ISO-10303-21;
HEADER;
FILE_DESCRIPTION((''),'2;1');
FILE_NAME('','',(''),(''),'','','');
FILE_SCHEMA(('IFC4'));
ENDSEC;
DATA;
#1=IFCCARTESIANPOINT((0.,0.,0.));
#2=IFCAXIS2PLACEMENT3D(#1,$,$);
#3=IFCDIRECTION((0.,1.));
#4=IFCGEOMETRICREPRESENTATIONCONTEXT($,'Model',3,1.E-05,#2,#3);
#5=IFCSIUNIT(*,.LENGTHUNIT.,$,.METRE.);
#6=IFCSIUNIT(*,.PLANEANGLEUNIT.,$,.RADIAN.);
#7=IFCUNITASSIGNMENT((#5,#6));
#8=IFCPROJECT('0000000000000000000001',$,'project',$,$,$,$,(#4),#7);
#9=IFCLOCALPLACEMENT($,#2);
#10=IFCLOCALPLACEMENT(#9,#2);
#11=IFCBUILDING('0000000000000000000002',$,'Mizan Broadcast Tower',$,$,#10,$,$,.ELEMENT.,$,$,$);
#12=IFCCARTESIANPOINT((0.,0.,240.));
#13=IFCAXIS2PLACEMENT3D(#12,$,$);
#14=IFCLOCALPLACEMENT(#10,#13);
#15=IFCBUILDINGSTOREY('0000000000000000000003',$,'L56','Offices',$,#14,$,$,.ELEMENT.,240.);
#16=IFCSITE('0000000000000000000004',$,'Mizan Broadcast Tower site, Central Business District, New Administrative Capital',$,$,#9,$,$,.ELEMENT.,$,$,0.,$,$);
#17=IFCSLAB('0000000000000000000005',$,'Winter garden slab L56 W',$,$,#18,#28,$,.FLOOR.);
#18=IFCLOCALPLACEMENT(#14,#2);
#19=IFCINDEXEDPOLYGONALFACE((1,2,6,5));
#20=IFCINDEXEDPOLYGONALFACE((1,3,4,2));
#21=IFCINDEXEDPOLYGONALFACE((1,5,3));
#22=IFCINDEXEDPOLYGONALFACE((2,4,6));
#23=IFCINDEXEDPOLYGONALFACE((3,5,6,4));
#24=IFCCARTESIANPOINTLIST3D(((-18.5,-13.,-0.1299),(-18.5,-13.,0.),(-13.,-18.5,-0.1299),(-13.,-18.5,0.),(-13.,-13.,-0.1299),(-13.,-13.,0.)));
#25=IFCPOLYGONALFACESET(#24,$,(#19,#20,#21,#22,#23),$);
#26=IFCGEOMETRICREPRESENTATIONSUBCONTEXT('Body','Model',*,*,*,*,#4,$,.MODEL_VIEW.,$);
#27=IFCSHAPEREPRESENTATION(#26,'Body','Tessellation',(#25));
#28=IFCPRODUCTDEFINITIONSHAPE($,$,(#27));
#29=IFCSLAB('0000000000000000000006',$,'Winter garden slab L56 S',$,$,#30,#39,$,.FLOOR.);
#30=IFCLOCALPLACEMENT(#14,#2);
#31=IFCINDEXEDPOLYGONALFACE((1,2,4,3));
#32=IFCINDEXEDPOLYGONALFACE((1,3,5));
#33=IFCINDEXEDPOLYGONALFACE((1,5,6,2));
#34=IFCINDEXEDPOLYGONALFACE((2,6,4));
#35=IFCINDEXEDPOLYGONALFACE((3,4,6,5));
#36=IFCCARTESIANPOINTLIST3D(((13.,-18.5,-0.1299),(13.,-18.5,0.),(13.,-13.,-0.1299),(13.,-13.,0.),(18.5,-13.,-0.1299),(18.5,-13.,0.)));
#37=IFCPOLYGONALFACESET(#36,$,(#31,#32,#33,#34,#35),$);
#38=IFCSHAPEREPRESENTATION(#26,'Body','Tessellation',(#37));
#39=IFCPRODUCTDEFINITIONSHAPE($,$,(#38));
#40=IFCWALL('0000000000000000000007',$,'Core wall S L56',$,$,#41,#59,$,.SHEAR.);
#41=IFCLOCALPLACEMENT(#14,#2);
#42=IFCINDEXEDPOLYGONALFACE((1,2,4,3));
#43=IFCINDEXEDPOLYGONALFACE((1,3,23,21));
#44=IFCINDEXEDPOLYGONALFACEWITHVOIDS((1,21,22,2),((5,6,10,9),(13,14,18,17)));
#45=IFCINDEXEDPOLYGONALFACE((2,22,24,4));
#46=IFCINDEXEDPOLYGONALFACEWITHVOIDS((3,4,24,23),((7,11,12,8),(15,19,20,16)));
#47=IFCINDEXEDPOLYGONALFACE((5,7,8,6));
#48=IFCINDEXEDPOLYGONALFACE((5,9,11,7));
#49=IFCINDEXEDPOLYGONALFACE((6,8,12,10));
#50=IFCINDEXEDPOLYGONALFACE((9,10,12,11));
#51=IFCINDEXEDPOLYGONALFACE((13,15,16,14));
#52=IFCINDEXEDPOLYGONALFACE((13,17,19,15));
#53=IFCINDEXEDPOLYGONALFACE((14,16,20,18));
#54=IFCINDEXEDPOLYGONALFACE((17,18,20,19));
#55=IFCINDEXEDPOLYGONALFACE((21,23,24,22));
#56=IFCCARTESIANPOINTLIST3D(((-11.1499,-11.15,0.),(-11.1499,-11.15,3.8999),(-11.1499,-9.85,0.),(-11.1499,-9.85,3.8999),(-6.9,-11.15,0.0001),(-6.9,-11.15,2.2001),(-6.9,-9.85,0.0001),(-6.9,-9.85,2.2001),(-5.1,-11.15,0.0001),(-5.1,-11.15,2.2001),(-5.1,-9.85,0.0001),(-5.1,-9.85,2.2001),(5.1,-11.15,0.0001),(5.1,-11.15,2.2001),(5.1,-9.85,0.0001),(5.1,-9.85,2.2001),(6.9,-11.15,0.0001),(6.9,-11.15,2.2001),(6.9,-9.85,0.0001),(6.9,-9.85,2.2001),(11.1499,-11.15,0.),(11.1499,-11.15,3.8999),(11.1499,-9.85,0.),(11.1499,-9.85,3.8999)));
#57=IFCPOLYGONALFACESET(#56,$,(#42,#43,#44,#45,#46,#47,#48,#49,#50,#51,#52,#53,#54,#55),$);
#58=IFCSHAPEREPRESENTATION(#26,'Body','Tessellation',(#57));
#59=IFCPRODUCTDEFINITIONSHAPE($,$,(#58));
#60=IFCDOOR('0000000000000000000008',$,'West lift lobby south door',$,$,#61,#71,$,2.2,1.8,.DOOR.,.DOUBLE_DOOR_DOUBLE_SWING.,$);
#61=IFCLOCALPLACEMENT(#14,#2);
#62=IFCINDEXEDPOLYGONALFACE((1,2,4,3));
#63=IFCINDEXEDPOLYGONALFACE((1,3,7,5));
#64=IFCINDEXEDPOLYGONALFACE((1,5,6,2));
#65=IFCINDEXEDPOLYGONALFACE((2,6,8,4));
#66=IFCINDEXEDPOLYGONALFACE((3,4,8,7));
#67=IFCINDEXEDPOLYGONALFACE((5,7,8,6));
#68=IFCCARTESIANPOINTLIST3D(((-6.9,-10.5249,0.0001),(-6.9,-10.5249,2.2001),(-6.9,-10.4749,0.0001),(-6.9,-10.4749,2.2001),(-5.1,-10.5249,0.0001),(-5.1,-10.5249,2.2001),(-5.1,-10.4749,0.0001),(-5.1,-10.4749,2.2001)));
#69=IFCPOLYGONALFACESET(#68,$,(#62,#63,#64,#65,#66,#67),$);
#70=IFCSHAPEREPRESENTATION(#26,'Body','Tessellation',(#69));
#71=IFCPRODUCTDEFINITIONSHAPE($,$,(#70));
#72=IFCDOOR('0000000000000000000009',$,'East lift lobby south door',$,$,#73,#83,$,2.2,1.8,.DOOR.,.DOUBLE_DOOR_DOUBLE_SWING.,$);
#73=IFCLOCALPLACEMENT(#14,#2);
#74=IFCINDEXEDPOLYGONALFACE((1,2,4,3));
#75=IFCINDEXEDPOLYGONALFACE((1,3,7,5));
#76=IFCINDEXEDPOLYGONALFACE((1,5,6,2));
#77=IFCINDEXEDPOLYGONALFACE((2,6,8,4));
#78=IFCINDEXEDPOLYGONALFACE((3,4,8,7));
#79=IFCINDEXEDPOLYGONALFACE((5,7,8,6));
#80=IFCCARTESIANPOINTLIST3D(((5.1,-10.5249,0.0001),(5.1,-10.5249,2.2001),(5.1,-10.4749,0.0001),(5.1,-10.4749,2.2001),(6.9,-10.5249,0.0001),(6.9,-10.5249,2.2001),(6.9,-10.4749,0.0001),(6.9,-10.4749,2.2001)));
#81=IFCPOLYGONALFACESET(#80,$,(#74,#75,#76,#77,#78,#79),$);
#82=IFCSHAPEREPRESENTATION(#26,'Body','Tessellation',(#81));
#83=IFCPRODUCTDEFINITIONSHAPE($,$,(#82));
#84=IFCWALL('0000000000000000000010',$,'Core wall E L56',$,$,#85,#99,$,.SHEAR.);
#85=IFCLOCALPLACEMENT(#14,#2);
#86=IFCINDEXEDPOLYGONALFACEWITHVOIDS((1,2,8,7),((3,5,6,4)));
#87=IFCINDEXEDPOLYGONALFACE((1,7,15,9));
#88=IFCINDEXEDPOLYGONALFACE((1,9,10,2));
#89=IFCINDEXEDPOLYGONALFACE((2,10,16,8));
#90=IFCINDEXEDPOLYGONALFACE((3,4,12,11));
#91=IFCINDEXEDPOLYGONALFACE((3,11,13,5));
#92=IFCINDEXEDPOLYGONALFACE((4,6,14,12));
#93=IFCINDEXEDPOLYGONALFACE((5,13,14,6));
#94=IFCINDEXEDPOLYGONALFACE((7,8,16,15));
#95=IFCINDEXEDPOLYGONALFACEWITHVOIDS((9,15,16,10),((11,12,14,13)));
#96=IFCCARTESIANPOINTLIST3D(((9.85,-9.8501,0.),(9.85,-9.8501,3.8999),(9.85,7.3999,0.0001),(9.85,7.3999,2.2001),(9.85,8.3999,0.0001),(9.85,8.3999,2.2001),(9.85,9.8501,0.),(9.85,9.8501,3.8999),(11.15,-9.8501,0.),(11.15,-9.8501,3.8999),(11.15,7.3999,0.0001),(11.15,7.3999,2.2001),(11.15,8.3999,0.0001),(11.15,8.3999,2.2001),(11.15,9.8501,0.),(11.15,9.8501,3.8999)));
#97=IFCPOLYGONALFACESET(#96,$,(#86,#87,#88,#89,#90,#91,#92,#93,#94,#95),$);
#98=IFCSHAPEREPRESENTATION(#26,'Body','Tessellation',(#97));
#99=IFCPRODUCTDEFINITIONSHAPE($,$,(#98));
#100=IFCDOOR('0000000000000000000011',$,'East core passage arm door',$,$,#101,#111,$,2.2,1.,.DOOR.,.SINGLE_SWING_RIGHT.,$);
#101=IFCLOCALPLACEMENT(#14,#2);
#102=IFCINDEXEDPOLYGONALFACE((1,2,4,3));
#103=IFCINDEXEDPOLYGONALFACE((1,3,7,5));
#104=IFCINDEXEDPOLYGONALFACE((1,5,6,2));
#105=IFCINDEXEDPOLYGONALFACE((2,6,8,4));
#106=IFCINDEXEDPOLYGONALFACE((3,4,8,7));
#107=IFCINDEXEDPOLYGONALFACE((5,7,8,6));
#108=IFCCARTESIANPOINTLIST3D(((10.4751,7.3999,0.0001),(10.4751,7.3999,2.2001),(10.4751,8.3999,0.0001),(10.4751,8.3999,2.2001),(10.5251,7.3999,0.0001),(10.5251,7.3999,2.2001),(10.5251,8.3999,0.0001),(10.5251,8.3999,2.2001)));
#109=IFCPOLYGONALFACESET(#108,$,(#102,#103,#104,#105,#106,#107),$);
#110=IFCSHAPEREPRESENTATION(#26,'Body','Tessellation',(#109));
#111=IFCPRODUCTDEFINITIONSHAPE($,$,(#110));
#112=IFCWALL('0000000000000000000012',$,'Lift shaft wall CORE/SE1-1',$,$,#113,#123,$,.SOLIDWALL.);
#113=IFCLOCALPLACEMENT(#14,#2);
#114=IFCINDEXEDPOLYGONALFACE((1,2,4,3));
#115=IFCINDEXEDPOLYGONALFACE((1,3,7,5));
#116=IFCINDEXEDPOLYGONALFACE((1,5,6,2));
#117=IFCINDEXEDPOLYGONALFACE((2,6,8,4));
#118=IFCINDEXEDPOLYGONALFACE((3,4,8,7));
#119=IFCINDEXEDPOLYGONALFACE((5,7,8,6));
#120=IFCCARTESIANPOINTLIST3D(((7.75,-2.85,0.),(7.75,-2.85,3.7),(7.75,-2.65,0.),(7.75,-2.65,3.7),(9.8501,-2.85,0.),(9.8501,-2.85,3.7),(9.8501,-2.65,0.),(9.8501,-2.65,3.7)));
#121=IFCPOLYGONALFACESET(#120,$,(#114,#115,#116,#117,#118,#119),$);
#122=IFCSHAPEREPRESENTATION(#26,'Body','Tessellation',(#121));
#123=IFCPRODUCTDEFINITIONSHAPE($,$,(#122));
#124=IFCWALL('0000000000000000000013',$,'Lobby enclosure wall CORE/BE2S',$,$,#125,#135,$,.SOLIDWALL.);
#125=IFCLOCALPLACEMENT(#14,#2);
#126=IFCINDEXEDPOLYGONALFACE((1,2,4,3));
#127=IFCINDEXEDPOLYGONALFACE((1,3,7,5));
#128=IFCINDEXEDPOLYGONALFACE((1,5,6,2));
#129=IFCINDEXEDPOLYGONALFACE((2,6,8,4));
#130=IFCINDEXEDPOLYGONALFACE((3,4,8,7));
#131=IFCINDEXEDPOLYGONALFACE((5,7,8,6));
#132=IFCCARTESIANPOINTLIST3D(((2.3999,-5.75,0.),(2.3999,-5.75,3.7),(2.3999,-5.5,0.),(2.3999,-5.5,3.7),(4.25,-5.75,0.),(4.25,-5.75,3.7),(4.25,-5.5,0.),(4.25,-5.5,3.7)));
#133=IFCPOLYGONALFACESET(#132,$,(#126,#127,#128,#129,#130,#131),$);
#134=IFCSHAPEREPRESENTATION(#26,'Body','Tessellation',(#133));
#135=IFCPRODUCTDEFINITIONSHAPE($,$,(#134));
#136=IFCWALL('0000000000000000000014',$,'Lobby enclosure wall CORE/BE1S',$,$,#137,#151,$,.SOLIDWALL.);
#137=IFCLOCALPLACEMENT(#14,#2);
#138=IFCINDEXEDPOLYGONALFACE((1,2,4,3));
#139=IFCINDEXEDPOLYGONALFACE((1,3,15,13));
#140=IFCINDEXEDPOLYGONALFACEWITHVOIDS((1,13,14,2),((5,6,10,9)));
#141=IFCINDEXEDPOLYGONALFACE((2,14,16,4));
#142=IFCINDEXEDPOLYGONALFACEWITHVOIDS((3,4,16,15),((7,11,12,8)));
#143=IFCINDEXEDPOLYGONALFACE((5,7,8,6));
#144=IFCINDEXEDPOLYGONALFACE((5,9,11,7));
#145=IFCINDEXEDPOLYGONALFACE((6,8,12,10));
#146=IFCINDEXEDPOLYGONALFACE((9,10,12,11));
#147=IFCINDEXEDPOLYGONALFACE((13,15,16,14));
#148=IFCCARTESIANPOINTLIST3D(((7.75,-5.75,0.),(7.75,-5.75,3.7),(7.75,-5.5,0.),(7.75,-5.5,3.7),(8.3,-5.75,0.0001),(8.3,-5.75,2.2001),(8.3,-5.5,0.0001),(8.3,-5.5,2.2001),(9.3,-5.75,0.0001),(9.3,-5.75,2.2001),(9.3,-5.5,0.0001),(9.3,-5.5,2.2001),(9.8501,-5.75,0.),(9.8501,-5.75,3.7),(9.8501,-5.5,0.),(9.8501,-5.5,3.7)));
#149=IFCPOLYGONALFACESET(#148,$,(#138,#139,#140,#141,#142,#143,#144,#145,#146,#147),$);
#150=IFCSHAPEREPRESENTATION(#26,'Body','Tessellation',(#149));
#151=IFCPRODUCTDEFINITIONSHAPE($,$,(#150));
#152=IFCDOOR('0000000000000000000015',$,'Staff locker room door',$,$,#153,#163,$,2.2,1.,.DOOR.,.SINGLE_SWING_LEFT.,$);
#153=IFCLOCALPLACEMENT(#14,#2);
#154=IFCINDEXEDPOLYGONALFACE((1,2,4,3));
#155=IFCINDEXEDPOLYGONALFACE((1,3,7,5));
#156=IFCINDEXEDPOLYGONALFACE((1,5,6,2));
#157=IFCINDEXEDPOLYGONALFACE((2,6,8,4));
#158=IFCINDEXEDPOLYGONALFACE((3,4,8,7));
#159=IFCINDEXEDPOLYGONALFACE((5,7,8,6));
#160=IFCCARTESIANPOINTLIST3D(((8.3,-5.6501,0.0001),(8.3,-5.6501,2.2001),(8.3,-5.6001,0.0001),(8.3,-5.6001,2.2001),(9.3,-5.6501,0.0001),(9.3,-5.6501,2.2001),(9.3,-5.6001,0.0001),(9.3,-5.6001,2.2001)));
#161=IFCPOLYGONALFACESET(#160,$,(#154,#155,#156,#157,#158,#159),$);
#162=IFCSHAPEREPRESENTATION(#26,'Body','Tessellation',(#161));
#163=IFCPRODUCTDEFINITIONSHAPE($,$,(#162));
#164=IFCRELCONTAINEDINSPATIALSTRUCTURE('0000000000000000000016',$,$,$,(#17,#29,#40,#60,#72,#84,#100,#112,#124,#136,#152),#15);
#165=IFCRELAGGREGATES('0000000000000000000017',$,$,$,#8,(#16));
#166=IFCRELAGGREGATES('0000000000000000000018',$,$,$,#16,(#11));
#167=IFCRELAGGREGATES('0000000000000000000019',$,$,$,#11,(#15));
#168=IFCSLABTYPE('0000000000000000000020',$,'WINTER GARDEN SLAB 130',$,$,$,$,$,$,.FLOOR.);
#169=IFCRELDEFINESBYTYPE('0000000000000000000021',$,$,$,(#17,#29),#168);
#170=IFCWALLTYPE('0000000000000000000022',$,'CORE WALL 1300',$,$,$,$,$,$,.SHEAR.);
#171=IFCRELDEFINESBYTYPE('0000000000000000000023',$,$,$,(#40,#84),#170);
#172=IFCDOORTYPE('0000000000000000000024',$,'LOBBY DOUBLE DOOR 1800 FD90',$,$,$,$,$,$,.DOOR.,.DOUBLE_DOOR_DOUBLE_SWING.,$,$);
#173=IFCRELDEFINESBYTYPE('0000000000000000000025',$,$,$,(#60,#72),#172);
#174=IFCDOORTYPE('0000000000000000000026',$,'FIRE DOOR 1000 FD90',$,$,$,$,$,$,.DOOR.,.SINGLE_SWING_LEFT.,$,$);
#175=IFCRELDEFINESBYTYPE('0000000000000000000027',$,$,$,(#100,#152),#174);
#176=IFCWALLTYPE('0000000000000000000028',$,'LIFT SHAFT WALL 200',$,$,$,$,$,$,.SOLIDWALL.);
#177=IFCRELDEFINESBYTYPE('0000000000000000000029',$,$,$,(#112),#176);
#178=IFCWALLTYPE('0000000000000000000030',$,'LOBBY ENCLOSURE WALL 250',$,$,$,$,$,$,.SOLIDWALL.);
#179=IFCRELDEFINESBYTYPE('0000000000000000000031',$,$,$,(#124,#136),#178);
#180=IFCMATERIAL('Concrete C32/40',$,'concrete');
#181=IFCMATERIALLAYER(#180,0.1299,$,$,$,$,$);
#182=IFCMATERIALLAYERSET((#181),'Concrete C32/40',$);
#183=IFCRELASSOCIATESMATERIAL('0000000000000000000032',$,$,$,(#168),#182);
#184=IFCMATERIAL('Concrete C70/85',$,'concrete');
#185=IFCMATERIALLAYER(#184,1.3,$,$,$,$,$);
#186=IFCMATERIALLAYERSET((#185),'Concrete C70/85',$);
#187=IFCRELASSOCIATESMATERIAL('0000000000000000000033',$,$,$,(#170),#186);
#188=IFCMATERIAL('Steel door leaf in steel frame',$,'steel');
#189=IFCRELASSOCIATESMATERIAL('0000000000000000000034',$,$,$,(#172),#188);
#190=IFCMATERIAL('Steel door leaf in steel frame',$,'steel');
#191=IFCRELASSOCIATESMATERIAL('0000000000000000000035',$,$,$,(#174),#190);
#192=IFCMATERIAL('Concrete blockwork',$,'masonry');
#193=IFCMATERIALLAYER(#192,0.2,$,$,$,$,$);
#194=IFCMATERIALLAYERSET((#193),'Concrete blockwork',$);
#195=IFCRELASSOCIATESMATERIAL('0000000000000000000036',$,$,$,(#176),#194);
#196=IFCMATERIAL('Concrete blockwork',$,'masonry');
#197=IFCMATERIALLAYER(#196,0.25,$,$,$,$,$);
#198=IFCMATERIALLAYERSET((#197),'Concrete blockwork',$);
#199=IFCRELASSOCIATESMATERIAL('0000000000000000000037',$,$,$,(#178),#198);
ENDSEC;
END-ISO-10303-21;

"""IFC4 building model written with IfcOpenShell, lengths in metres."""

from ifc_helpers import new_model, si_unit, direction, frame, frame_2d, origin, place, context, subcontext, project, spatial, polyline, rectangle, outline, extrude, material, layer, layer_set, type_object, element, fill, save


model = new_model("IFC4")

# Units and contexts
model_context = context("Model", 3, precision=1e-05, world=origin(), true_north=direction((0.0, 1.0)))
body_context = subcontext(model_context, "Body", "Model", "MODEL_VIEW")
ifc_project = project(units=[si_unit("LENGTHUNIT", "METRE"), si_unit("PLANEANGLEUNIT", "RADIAN")], contexts=[model_context])

# Site, building, storey
site_placement = place(None, origin())
site = spatial("IfcSite", under=ifc_project, at=site_placement, Name="Mizan Broadcast Tower site, Central Business District, New Administrative Capital", CompositionType="ELEMENT", RefElevation=0.0)
building_placement = place(site_placement, origin())
building = spatial("IfcBuilding", under=site, at=building_placement, Name="Mizan Broadcast Tower", CompositionType="ELEMENT")
storey_placement = place(building_placement, frame((0.0, 0.0, 240.0)))
storey = spatial("IfcBuildingStorey", under=building, at=storey_placement, Name="L56", Description="Offices", CompositionType="ELEMENT", Elevation=240.0)

# Slabs
ifc_material_1 = material(Name="Concrete C32/40", Category="concrete")
ifc_layer_1 = layer(ifc_material_1, 0.1299)
ifc_layer_set_1 = layer_set([ifc_layer_1], Name="Concrete C32/40")
slab_type_1 = type_object("IfcSlabType", Name="WINTER GARDEN SLAB 130", PredefinedType="FLOOR", material=ifc_layer_set_1)
slab_1_placement = place(storey_placement, frame((0.0, 0.0, -0.1299)))
element("IfcSlab", 1, at=slab_1_placement, inside=storey, type_object=slab_type_1, Name="Winter garden slab L56 W", PredefinedType="FLOOR", context=body_context, shape_type="SweptSolid", body=[
    extrude(outline(polyline([(-13.0, -13.0), (-18.5, -13.0), (-13.0, -18.5), (-13.0, -13.0)])), origin(), (0.0, 0.0, 1.0), 0.1299),
])
slab_2_placement = place(storey_placement, frame((0.0, 0.0, -0.1299)))
element("IfcSlab", 2, at=slab_2_placement, inside=storey, type_object=slab_type_1, Name="Winter garden slab L56 S", PredefinedType="FLOOR", context=body_context, shape_type="SweptSolid", body=[
    extrude(outline(polyline([(13.0, -13.0), (13.0, -18.5), (18.5, -13.0), (13.0, -13.0)])), origin(), (0.0, 0.0, 1.0), 0.1299),
])

# Wall, openings, doors
ifc_material_2 = material(Name="Concrete C70/85", Category="concrete")
ifc_layer_2 = layer(ifc_material_2, 1.3)
ifc_layer_set_2 = layer_set([ifc_layer_2], Name="Concrete C70/85")
wall_type_1 = type_object("IfcWallType", Name="CORE WALL 1300", PredefinedType="SHEAR", material=ifc_layer_set_2)
wall_1_placement = place(storey_placement, frame((11.1499, -10.5, 0.0), z_axis=(0.0, 0.0, 1.0), x_axis=(-1.0, 0.0, 0.0)))
wall_1 = element("IfcWall", 3, at=wall_1_placement, inside=storey, type_object=wall_type_1, Name="Core wall S L56", PredefinedType="SHEAR", context=body_context, shape_type="SweptSolid", body=[
    extrude(rectangle(XDim=22.2998, YDim=1.3, at=frame_2d((11.1499, 0.0))), origin(), (0.0, 0.0, 1.0), 3.8999),
])
opening_1_placement = place(wall_1_placement, frame((16.25, 0.0, 0.0)))
opening_1 = element("IfcOpeningElement", 4, at=opening_1_placement, cuts=wall_1, PredefinedType="OPENING", context=body_context, shape_type="SweptSolid", body=[
    extrude(rectangle(XDim=1.8, YDim=2.2, at=frame_2d((0.8999, 1.1001))), frame((0.0, 0.6599, 0.0), z_axis=(0.0, -1.0, 0.0), x_axis=(1.0, 0.0, 0.0)), (0.0, 0.0, 1.0), 1.3201),
])
opening_2_placement = place(wall_1_placement, frame((4.25, 0.0, 0.0)))
opening_2 = element("IfcOpeningElement", 5, at=opening_2_placement, cuts=wall_1, PredefinedType="OPENING", context=body_context, shape_type="SweptSolid", body=[
    extrude(rectangle(XDim=1.8, YDim=2.2, at=frame_2d((0.8999, 1.1001))), frame((0.0, 0.6599, 0.0), z_axis=(0.0, -1.0, 0.0), x_axis=(1.0, 0.0, 0.0)), (0.0, 0.0, 1.0), 1.3201),
])
ifc_material_3 = material(Name="Steel door leaf in steel frame", Category="steel")
door_type_1 = type_object("IfcDoorType", Name="LOBBY DOUBLE DOOR 1800 FD90", OperationType="DOUBLE_DOOR_DOUBLE_SWING", PredefinedType="DOOR", material=ifc_material_3)
door_1_placement = place(opening_1_placement, origin())
door_1 = element("IfcDoor", 6, at=door_1_placement, inside=storey, type_object=door_type_1, Name="West lift lobby south door", OperationType="DOUBLE_DOOR_DOUBLE_SWING", OverallHeight=2.2, OverallWidth=1.8, PredefinedType="DOOR", context=body_context, shape_type="SweptSolid", body=[
    extrude(rectangle(XDim=1.8, YDim=2.2, at=frame_2d((0.8999, 1.1001))), frame((0.0, 0.0249, 0.0), z_axis=(0.0, -1.0, 0.0), x_axis=(1.0, 0.0, 0.0)), (0.0, 0.0, 1.0), 0.05),
])
fill(opening_1, door_1)
door_2_placement = place(opening_2_placement, origin())
door_2 = element("IfcDoor", 7, at=door_2_placement, inside=storey, type_object=door_type_1, Name="East lift lobby south door", OperationType="DOUBLE_DOOR_DOUBLE_SWING", OverallHeight=2.2, OverallWidth=1.8, PredefinedType="DOOR", context=body_context, shape_type="SweptSolid", body=[
    extrude(rectangle(XDim=1.8, YDim=2.2, at=frame_2d((0.8999, 1.1001))), frame((0.0, 0.0249, 0.0), z_axis=(0.0, -1.0, 0.0), x_axis=(1.0, 0.0, 0.0)), (0.0, 0.0, 1.0), 0.05),
])
fill(opening_2, door_2)

# Wall, opening, door
wall_2_placement = place(storey_placement, frame((10.5, -9.8501, 0.0), z_axis=(0.0, 0.0, 1.0), x_axis=(0.0, 1.0, 0.0)))
wall_2 = element("IfcWall", 8, at=wall_2_placement, inside=storey, type_object=wall_type_1, Name="Core wall E L56", PredefinedType="SHEAR", context=body_context, shape_type="SweptSolid", body=[
    extrude(rectangle(XDim=19.7002, YDim=1.3, at=frame_2d((9.8501, 0.0))), origin(), (0.0, 0.0, 1.0), 3.8999),
])
opening_3_placement = place(wall_2_placement, frame((17.25, 0.0, 0.0)))
opening_3 = element("IfcOpeningElement", 9, at=opening_3_placement, cuts=wall_2, PredefinedType="OPENING", context=body_context, shape_type="SweptSolid", body=[
    extrude(rectangle(XDim=1.0, YDim=2.2, at=frame_2d((0.5, 1.1001))), frame((0.0, 0.6599, 0.0), z_axis=(0.0, -1.0, 0.0), x_axis=(1.0, 0.0, 0.0)), (0.0, 0.0, 1.0), 1.3201),
])
ifc_material_4 = material(Name="Steel door leaf in steel frame", Category="steel")
door_type_2 = type_object("IfcDoorType", Name="FIRE DOOR 1000 FD90", OperationType="SINGLE_SWING_LEFT", PredefinedType="DOOR", material=ifc_material_4)
door_3_placement = place(opening_3_placement, origin())
door_3 = element("IfcDoor", 10, at=door_3_placement, inside=storey, type_object=door_type_2, Name="East core passage arm door", OperationType="SINGLE_SWING_RIGHT", OverallHeight=2.2, OverallWidth=1.0, PredefinedType="DOOR", context=body_context, shape_type="SweptSolid", body=[
    extrude(rectangle(XDim=1.0, YDim=2.2, at=frame_2d((0.5, 1.1001))), frame((0.0, 0.0249, 0.0), z_axis=(0.0, -1.0, 0.0), x_axis=(1.0, 0.0, 0.0)), (0.0, 0.0, 1.0), 0.05),
])
fill(opening_3, door_3)

# Walls
ifc_material_5 = material(Name="Concrete blockwork", Category="masonry")
ifc_layer_3 = layer(ifc_material_5, 0.2)
ifc_layer_set_3 = layer_set([ifc_layer_3], Name="Concrete blockwork")
wall_type_2 = type_object("IfcWallType", Name="LIFT SHAFT WALL 200", PredefinedType="SOLIDWALL", material=ifc_layer_set_3)
wall_3_placement = place(storey_placement, frame((7.75, -2.75, 0.0), z_axis=(0.0, 0.0, 1.0), x_axis=(1.0, 0.0, 0.0)))
element("IfcWall", 11, at=wall_3_placement, inside=storey, type_object=wall_type_2, Name="Lift shaft wall CORE/SE1-1", PredefinedType="SOLIDWALL", context=body_context, shape_type="SweptSolid", body=[
    extrude(rectangle(XDim=2.1001, YDim=0.2, at=frame_2d((1.05, 0.0))), origin(), (0.0, 0.0, 1.0), 3.7),
])
ifc_material_6 = material(Name="Concrete blockwork", Category="masonry")
ifc_layer_4 = layer(ifc_material_6, 0.25)
ifc_layer_set_4 = layer_set([ifc_layer_4], Name="Concrete blockwork")
wall_type_3 = type_object("IfcWallType", Name="LOBBY ENCLOSURE WALL 250", PredefinedType="SOLIDWALL", material=ifc_layer_set_4)
wall_4_placement = place(storey_placement, frame((2.3999, -5.625, 0.0), z_axis=(0.0, 0.0, 1.0), x_axis=(1.0, 0.0, 0.0)))
element("IfcWall", 12, at=wall_4_placement, inside=storey, type_object=wall_type_3, Name="Lobby enclosure wall CORE/BE2S", PredefinedType="SOLIDWALL", context=body_context, shape_type="SweptSolid", body=[
    extrude(rectangle(XDim=1.8501, YDim=0.25, at=frame_2d((0.925, 0.0))), origin(), (0.0, 0.0, 1.0), 3.7),
])

# Wall, opening, door
wall_5_placement = place(storey_placement, frame((7.75, -5.625, 0.0), z_axis=(0.0, 0.0, 1.0), x_axis=(1.0, 0.0, 0.0)))
wall_5 = element("IfcWall", 13, at=wall_5_placement, inside=storey, type_object=wall_type_3, Name="Lobby enclosure wall CORE/BE1S", PredefinedType="SOLIDWALL", context=body_context, shape_type="SweptSolid", body=[
    extrude(rectangle(XDim=2.1001, YDim=0.25, at=frame_2d((1.05, 0.0))), origin(), (0.0, 0.0, 1.0), 3.7),
])
opening_4_placement = place(wall_5_placement, frame((0.55, 0.0, 0.0)))
opening_4 = element("IfcOpeningElement", 14, at=opening_4_placement, cuts=wall_5, PredefinedType="OPENING", context=body_context, shape_type="SweptSolid", body=[
    extrude(rectangle(XDim=1.0, YDim=2.2, at=frame_2d((0.5, 1.1001))), frame((0.0, 0.135, 0.0), z_axis=(0.0, -1.0, 0.0), x_axis=(1.0, 0.0, 0.0)), (0.0, 0.0, 1.0), 0.27),
])
door_4_placement = place(opening_4_placement, origin())
door_4 = element("IfcDoor", 15, at=door_4_placement, inside=storey, type_object=door_type_2, Name="Staff locker room door", OperationType="SINGLE_SWING_LEFT", OverallHeight=2.2, OverallWidth=1.0, PredefinedType="DOOR", context=body_context, shape_type="SweptSolid", body=[
    extrude(rectangle(XDim=1.0, YDim=2.2, at=frame_2d((0.5, 1.1001))), frame((0.0, 0.0249, 0.0), z_axis=(0.0, -1.0, 0.0), x_axis=(1.0, 0.0, 0.0)), (0.0, 0.0, 1.0), 0.05),
])
fill(opening_4, door_4)

save(model, "model.ifc")
